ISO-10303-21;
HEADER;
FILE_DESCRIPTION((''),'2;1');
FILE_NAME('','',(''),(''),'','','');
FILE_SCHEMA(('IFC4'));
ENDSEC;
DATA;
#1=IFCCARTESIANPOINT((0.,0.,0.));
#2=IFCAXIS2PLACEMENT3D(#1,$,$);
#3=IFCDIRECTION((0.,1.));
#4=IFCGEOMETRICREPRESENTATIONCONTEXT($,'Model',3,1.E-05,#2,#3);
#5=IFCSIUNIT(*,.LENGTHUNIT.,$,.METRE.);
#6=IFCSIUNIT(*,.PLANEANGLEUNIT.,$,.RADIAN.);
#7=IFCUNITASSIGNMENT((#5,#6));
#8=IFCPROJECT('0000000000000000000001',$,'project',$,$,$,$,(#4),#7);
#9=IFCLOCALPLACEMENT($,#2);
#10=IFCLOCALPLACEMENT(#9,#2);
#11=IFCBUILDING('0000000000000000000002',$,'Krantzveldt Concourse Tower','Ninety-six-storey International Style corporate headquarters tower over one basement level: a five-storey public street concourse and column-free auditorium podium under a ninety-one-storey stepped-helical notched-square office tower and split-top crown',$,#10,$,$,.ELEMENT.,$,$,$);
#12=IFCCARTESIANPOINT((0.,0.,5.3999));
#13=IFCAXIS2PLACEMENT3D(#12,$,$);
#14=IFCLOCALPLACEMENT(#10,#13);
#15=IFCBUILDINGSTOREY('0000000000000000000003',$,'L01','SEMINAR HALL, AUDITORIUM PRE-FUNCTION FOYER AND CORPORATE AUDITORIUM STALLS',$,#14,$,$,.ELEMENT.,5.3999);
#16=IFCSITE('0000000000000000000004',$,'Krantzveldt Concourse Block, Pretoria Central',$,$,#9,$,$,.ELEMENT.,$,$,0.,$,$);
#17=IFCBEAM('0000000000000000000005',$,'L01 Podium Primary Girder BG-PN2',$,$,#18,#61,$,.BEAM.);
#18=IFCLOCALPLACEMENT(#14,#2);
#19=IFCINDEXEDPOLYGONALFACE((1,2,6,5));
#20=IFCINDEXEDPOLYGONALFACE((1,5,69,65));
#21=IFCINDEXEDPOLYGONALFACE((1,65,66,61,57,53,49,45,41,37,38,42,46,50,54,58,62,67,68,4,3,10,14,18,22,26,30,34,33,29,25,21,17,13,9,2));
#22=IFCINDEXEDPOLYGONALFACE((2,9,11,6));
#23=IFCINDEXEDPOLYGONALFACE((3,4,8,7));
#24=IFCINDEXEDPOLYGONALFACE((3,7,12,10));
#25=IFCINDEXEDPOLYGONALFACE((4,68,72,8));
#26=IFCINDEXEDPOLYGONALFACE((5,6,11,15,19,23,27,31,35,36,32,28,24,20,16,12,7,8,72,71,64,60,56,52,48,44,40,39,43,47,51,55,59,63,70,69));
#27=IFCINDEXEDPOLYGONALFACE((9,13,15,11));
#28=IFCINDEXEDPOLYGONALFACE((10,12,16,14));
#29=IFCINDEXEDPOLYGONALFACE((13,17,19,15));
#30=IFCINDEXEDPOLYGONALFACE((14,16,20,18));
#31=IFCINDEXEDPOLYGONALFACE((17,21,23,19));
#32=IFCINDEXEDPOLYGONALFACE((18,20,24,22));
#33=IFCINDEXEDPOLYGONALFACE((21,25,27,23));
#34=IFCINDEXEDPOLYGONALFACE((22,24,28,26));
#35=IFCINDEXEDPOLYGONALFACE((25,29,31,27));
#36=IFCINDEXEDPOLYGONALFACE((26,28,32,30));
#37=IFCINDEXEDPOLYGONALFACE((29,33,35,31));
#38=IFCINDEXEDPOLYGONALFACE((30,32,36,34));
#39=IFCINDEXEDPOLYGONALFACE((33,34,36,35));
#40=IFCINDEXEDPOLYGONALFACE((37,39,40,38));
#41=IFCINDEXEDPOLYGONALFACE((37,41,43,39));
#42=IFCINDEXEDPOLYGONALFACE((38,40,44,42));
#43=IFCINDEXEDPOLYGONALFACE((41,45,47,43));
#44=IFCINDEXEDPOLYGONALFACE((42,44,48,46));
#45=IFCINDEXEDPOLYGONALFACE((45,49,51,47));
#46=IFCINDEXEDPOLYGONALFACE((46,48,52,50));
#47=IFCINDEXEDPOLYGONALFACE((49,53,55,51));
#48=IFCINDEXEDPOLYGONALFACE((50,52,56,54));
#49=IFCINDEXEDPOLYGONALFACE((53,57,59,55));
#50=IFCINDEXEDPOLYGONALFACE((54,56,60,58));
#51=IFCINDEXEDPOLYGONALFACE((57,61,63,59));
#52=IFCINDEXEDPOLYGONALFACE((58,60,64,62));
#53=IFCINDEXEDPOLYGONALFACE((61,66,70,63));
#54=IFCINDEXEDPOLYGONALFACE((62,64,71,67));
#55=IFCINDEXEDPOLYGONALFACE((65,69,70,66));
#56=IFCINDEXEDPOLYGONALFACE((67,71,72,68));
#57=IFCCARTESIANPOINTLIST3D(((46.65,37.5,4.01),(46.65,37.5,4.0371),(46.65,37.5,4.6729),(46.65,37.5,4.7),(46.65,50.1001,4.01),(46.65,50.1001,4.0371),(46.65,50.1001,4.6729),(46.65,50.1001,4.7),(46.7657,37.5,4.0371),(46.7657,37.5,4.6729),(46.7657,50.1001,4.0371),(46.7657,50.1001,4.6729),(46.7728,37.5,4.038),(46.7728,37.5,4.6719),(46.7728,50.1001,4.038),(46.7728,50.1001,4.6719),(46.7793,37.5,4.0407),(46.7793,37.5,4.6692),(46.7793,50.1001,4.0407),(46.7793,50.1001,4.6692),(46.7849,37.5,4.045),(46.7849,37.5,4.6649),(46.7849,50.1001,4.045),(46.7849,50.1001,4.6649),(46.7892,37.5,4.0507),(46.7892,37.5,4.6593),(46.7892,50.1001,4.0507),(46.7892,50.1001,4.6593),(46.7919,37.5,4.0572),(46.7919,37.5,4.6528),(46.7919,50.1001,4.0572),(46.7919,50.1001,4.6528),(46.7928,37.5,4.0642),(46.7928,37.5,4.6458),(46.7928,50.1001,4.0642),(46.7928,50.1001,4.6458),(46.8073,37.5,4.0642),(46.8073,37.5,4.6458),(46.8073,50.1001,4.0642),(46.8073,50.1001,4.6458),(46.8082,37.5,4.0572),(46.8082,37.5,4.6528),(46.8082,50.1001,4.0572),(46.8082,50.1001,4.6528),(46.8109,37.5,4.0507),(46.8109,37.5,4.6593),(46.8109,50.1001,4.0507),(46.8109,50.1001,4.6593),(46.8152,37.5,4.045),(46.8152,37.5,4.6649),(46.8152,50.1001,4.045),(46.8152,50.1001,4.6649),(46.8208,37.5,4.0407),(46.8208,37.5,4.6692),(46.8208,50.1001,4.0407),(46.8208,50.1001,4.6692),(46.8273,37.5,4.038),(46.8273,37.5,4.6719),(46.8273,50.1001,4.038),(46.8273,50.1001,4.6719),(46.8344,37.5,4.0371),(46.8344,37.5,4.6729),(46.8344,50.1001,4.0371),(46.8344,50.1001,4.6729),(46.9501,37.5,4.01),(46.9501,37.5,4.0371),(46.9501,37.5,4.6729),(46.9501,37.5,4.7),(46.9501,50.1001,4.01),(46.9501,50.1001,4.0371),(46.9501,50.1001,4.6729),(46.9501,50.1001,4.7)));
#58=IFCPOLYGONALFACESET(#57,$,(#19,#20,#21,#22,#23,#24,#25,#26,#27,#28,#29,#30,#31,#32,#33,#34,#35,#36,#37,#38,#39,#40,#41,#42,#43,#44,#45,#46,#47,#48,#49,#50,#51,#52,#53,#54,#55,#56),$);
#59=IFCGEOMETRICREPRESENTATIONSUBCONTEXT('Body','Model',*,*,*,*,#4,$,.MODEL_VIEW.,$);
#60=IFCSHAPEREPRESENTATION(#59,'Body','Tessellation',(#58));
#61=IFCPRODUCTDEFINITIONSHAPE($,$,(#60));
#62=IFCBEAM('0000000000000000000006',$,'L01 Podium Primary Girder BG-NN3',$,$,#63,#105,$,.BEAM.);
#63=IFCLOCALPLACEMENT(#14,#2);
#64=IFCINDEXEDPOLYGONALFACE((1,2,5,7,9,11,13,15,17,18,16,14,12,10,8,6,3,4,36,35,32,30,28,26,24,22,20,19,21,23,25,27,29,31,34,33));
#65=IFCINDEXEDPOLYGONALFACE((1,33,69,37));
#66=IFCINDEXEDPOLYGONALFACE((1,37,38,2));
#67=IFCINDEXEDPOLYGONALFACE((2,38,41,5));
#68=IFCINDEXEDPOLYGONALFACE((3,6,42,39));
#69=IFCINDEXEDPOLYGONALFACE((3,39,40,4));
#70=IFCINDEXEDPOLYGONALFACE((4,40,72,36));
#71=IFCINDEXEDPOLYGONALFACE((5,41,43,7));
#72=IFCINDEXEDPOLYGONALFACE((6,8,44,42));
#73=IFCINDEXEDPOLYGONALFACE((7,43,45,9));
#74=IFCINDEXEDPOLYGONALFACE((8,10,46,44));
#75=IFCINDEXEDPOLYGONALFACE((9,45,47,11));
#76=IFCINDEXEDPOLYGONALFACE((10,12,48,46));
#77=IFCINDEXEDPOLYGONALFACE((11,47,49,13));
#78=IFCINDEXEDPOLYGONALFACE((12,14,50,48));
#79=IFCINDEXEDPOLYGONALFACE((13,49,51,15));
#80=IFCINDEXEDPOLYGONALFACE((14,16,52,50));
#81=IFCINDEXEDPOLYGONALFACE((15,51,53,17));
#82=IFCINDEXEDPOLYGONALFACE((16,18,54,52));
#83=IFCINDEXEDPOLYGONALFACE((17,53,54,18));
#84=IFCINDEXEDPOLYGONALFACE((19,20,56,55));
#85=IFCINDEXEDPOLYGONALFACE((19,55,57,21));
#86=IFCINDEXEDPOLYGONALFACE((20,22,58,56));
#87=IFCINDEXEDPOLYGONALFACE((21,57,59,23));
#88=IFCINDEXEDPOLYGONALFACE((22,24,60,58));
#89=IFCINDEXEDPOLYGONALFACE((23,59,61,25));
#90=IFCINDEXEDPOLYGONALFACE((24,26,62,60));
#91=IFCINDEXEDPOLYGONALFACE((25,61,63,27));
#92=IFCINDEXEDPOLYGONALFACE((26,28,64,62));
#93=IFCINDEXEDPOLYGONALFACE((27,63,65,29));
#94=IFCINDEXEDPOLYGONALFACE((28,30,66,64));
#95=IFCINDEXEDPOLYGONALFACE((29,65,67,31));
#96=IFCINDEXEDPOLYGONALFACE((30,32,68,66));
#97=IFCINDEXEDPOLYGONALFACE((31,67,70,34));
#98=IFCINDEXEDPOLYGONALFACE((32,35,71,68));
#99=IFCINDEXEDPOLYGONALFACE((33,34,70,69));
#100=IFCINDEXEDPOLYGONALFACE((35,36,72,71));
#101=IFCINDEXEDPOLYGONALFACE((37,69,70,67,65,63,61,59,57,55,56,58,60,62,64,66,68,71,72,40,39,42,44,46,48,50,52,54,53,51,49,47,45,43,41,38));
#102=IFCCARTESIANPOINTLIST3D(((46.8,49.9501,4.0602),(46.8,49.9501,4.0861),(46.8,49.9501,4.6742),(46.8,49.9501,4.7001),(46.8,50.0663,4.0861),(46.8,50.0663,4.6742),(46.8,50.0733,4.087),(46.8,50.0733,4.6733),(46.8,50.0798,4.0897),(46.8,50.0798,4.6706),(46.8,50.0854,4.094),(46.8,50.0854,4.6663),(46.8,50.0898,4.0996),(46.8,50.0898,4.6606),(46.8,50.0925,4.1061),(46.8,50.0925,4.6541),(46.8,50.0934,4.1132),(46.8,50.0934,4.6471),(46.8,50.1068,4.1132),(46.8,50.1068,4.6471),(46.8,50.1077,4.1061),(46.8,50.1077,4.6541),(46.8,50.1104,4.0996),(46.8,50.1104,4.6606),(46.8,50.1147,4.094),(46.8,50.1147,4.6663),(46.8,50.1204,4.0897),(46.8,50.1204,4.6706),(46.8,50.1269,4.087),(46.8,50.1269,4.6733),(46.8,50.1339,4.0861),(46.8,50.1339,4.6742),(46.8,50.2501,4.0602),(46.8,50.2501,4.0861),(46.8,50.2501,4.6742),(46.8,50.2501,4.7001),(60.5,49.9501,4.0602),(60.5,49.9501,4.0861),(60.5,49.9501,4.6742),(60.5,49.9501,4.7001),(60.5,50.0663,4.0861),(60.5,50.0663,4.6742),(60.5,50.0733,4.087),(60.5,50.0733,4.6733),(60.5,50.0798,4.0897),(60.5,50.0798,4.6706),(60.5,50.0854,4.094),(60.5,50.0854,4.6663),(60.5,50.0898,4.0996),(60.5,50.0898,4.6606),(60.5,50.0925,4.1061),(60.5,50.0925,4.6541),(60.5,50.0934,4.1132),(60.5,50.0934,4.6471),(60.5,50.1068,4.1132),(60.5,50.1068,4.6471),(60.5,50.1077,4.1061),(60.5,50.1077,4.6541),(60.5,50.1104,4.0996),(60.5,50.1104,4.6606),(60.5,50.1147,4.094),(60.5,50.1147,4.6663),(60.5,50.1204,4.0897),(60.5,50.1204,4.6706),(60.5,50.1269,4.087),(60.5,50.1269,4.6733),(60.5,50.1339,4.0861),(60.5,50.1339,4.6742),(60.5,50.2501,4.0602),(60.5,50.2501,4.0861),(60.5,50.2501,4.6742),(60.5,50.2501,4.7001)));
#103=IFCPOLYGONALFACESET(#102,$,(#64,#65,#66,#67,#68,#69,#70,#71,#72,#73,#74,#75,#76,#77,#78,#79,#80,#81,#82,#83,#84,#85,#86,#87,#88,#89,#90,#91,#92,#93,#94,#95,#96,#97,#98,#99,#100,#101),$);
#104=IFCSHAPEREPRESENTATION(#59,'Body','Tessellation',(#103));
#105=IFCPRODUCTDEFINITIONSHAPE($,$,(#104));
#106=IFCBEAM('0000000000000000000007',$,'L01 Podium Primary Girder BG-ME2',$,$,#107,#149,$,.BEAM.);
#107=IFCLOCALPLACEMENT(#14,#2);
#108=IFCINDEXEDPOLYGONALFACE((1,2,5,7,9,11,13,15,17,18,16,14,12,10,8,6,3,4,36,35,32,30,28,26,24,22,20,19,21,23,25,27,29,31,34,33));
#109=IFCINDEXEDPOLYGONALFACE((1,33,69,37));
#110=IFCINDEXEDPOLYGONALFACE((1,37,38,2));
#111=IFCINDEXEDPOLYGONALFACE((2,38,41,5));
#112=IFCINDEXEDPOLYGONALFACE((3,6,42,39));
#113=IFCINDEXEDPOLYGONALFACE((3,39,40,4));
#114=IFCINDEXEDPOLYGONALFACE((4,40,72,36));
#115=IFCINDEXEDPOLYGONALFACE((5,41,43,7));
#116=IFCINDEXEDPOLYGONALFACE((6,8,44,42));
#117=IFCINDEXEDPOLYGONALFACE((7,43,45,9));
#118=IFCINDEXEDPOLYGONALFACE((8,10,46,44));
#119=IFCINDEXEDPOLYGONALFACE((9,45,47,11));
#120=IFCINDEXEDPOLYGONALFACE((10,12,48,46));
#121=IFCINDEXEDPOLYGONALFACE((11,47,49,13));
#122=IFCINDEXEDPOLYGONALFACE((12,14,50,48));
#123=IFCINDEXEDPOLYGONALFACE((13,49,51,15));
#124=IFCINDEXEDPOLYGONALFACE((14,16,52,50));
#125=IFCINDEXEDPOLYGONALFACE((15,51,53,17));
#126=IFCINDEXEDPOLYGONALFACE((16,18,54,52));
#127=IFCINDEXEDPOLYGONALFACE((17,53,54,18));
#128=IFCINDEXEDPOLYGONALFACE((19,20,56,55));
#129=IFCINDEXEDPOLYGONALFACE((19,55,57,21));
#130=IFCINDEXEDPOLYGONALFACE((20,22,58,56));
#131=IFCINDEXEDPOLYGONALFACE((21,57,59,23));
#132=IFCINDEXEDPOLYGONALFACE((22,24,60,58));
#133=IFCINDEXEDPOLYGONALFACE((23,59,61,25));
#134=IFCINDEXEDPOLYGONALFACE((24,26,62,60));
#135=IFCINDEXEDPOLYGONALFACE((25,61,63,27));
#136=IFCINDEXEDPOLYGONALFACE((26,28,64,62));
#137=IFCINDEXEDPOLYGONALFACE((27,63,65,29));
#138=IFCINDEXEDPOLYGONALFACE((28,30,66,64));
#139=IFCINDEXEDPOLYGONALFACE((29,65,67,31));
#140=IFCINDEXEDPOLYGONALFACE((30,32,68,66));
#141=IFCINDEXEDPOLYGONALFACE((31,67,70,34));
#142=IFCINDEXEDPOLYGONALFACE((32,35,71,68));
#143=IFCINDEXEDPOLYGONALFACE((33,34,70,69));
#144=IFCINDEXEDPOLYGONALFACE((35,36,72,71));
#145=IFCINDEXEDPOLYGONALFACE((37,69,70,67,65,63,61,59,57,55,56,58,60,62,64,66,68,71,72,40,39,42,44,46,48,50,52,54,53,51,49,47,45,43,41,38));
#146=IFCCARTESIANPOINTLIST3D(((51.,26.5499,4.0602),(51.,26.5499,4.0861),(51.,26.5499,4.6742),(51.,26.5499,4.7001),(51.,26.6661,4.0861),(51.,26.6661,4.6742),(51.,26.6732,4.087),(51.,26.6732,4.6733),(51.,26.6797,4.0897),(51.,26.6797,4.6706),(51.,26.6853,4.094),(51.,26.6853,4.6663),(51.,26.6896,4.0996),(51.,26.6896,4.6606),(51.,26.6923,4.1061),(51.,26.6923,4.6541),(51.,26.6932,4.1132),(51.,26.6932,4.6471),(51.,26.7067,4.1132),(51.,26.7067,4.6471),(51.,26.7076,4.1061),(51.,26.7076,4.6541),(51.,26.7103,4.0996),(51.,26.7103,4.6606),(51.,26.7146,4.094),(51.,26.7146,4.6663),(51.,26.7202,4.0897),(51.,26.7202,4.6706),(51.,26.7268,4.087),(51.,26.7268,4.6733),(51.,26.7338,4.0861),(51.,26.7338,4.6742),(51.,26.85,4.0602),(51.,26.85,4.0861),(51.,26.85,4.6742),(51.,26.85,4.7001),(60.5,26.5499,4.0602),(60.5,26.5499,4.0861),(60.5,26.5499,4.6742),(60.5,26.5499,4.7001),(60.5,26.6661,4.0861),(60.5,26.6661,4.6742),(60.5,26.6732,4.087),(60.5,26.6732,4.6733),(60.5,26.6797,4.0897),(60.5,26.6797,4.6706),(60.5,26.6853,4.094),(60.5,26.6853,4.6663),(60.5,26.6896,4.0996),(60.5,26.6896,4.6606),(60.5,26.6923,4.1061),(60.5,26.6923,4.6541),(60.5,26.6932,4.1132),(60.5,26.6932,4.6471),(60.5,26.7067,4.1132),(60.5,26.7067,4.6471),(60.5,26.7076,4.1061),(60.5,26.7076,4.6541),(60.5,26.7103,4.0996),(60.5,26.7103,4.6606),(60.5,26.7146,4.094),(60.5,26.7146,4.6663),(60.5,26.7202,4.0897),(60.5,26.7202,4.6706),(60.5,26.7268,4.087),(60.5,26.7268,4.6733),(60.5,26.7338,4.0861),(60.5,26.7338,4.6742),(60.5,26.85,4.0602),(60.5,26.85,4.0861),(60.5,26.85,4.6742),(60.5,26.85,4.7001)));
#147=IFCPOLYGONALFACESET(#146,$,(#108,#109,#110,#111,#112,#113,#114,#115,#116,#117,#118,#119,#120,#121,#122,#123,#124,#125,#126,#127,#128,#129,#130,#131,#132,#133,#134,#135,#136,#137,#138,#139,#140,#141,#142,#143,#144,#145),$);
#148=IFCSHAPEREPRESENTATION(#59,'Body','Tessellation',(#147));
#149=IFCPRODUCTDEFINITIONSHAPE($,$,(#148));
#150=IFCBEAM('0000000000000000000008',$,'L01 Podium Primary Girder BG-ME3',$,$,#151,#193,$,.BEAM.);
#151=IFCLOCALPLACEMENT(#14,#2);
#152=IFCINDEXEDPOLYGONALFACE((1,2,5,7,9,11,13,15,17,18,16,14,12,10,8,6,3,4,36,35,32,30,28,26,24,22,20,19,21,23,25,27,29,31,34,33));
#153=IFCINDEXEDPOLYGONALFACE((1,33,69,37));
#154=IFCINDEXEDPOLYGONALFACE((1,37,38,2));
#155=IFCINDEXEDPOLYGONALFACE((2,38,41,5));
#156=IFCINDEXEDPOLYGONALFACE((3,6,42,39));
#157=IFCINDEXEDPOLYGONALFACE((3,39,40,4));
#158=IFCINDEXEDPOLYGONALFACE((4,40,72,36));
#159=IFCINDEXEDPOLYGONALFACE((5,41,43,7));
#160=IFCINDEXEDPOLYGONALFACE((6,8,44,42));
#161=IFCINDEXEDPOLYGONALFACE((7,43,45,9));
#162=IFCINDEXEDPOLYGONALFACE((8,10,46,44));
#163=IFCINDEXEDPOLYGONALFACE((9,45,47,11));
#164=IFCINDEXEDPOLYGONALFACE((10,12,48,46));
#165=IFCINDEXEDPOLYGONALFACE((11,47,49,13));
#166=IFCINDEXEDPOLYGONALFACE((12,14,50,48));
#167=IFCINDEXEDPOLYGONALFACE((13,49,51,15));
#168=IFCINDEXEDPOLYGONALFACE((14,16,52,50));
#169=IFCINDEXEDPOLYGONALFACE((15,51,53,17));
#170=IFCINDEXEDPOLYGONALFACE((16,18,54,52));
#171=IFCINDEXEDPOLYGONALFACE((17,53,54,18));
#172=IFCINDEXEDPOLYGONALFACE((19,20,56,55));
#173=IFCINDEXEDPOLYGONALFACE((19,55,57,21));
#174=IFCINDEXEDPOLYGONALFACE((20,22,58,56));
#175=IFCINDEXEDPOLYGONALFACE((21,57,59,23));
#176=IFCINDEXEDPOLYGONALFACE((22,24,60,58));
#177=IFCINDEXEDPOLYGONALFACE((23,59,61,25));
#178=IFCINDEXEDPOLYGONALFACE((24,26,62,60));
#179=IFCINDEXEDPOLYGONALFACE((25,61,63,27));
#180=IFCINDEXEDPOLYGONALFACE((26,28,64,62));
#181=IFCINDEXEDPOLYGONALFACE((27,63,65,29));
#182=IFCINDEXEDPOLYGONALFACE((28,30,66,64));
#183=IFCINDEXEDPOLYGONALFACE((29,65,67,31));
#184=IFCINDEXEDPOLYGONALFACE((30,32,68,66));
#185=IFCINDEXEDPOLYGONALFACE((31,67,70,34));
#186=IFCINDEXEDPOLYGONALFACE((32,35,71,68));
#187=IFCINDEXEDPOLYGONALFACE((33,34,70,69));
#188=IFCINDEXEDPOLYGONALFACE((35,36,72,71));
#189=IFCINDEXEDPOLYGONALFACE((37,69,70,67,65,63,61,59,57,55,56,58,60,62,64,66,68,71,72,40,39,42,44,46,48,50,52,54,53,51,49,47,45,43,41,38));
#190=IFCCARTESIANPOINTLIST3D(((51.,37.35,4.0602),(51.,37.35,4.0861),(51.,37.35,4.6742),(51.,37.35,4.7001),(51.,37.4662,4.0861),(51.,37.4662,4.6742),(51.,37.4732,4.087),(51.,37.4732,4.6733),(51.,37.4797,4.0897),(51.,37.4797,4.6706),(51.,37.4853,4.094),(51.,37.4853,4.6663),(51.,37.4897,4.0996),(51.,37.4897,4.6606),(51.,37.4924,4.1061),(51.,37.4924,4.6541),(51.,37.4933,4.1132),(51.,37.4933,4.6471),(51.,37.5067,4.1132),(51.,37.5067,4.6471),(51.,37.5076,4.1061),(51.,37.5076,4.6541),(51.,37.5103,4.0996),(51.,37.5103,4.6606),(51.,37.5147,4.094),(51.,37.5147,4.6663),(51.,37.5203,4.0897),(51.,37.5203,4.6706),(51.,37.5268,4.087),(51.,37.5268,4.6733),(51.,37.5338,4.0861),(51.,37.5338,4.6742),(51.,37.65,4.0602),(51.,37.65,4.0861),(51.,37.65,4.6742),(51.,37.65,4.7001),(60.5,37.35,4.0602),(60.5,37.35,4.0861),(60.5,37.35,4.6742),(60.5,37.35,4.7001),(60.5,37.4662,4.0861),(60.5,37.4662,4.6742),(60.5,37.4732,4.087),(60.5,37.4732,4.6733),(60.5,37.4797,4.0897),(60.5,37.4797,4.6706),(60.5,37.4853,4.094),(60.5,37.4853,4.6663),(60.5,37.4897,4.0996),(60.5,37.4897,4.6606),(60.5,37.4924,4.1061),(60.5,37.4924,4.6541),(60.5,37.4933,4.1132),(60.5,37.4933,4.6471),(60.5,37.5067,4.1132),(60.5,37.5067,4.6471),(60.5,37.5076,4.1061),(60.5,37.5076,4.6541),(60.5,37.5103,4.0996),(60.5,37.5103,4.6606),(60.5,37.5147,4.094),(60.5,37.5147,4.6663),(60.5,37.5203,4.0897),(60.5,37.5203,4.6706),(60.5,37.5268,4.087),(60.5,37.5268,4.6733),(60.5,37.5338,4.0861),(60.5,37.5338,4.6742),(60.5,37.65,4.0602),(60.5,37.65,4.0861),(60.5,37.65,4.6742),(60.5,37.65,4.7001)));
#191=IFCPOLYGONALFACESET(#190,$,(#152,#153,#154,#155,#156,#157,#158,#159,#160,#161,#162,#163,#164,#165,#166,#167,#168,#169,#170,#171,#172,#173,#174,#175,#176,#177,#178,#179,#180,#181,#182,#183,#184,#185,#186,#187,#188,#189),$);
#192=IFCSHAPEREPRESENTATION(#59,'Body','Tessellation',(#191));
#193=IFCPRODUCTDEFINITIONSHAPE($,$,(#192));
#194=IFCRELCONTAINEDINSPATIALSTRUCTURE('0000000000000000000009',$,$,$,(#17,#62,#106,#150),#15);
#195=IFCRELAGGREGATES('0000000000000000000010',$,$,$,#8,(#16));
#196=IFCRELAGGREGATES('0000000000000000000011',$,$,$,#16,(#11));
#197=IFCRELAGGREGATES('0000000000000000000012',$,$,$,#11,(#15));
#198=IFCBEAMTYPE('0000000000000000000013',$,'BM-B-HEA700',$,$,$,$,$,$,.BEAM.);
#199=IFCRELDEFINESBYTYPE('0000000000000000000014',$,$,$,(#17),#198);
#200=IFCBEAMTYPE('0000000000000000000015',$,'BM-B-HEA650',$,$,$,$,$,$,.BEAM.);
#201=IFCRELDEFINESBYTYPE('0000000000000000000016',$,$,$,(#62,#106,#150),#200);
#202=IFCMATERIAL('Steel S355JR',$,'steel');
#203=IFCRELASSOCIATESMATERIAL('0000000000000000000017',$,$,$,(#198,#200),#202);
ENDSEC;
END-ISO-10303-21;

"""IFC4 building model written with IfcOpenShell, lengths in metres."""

from ifc_helpers import new_model, si_unit, direction, frame, origin, origin_2d, place, context, subcontext, project, spatial, i_section, extrude, source, transform, mapped, material, material_profile, profile_set, type_object, type_shapes, element, save


model = new_model("IFC4")

# Units and contexts
model_context = context("Model", 3, precision=1e-05, world=origin(), true_north=direction((0.0, 1.0)))
body_context = subcontext(model_context, "Body", "Model", "MODEL_VIEW")
ifc_project = project(units=[si_unit("LENGTHUNIT", "METRE"), si_unit("PLANEANGLEUNIT", "RADIAN")], contexts=[model_context])

# Site, building, storey
site_placement = place(None, origin())
site = spatial("IfcSite", under=ifc_project, at=site_placement, Name="Krantzveldt Concourse Block, Pretoria Central", CompositionType="ELEMENT", RefElevation=0.0)
building_placement = place(site_placement, origin())
building = spatial("IfcBuilding", under=site, at=building_placement, Name="Krantzveldt Concourse Tower", Description="Ninety-six-storey International Style corporate headquarters tower over one basement level: a five-storey public street concourse and column-free auditorium podium under a ninety-one-storey stepped-helical notched-square office tower and split-top crown", CompositionType="ELEMENT")
storey_placement = place(building_placement, frame((0.0, 0.0, 5.3999)))
storey = spatial("IfcBuildingStorey", under=building, at=storey_placement, Name="L01", Description="SEMINAR HALL, AUDITORIUM PRE-FUNCTION FOYER AND CORPORATE AUDITORIUM STALLS", CompositionType="ELEMENT", Elevation=5.3999)

# Beams
ifc_material_1 = material(Name="Steel S355JR", Category="steel")
ifc_material_profile_1 = material_profile(ifc_material_1, i_section(OverallWidth=0.3, OverallDepth=0.6899, WebThickness=0.0144, FlangeThickness=0.0271, FilletRadius=0.0271, at=origin_2d()), Name="Steel S355JR", Category="steel")
ifc_profile_set_1 = profile_set([ifc_material_profile_1], Name="Steel S355JR - HEA 700")
beam_type_1 = type_object("IfcBeamType", Name="BM-B-HEA700", PredefinedType="BEAM", material=ifc_profile_set_1)
shared_shape_1 = source(origin(), body_context, "Body", "SweptSolid", [
    extrude(i_section(OverallWidth=0.3, OverallDepth=0.6899, WebThickness=0.0144, FlangeThickness=0.0271, FilletRadius=0.0271, at=origin_2d()), origin(), (0.0, 0.0, 1.0), 12.6001),
])
beam_1_placement = place(storey_placement, frame((46.8, 37.5, 4.355), z_axis=(0.0, 1.0, 0.0), x_axis=(-1.0, 0.0, 0.0)))
element("IfcBeam", 1, at=beam_1_placement, inside=storey, type_object=beam_type_1, Name="L01 Podium Primary Girder BG-PN2", PredefinedType="BEAM", context=body_context, shape_type="MappedRepresentation", body=[
    mapped(shared_shape_1, transform((0.0, 0.0, 0.0), x_axis=(1.0, 0.0, 0.0), y_axis=(0.0, 1.0, 0.0), z_axis=(0.0, 0.0, 1.0), scale=1.0)),
])
ifc_material_profile_2 = material_profile(ifc_material_1, i_section(OverallWidth=0.3, OverallDepth=0.6399, WebThickness=0.0134, FlangeThickness=0.0259, FilletRadius=0.0271, at=origin_2d()), Name="Steel S355JR", Category="steel")
ifc_profile_set_2 = profile_set([ifc_material_profile_2], Name="Steel S355JR - HEA 650")
beam_type_2 = type_object("IfcBeamType", Name="BM-B-HEA650", PredefinedType="BEAM", material=ifc_profile_set_2)
shared_shape_2 = source(origin(), body_context, "Body", "SweptSolid", [
    extrude(i_section(OverallWidth=0.3, OverallDepth=0.6399, WebThickness=0.0134, FlangeThickness=0.0259, FilletRadius=0.0271, at=origin_2d()), origin(), (0.0, 0.0, 1.0), 13.7),
])
beam_2_placement = place(storey_placement, frame((46.8, 50.1001, 4.3801), z_axis=(1.0, 0.0, 0.0), x_axis=(0.0, 1.0, 0.0)))
element("IfcBeam", 2, at=beam_2_placement, inside=storey, type_object=beam_type_2, Name="L01 Podium Primary Girder BG-NN3", PredefinedType="BEAM", context=body_context, shape_type="MappedRepresentation", body=[
    mapped(shared_shape_2, transform((0.0, 0.0, 0.0), x_axis=(1.0, 0.0, 0.0), y_axis=(0.0, 1.0, 0.0), z_axis=(0.0, 0.0, 1.0), scale=1.0)),
])
shared_shape_3 = source(origin(), body_context, "Body", "SweptSolid", [
    extrude(i_section(OverallWidth=0.3, OverallDepth=0.6399, WebThickness=0.0134, FlangeThickness=0.0259, FilletRadius=0.0271, at=origin_2d()), origin(), (0.0, 0.0, 1.0), 9.5),
])
type_shapes(beam_type_2, [shared_shape_2, shared_shape_3])
for number, where, z_axis, x_axis, name in (
    (3, (51.0, 26.7, 4.3801), (1.0, 0.0, 0.0), (0.0, 1.0, 0.0), "L01 Podium Primary Girder BG-ME2"),
    (4, (51.0, 37.5, 4.3801), (1.0, 0.0, 0.0), (0.0, 1.0, 0.0), "L01 Podium Primary Girder BG-ME3"),
):
    element("IfcBeam", number, at=place(storey_placement, frame(where, z_axis=z_axis, x_axis=x_axis)), inside=storey, type_object=beam_type_2, Name=name, PredefinedType="BEAM", context=body_context, shape_type="MappedRepresentation", body=[
        mapped(shared_shape_3, transform((0.0, 0.0, 0.0), x_axis=(1.0, 0.0, 0.0), y_axis=(0.0, 1.0, 0.0), z_axis=(0.0, 0.0, 1.0), scale=1.0)),
    ])

save(model, "model.ifc")
